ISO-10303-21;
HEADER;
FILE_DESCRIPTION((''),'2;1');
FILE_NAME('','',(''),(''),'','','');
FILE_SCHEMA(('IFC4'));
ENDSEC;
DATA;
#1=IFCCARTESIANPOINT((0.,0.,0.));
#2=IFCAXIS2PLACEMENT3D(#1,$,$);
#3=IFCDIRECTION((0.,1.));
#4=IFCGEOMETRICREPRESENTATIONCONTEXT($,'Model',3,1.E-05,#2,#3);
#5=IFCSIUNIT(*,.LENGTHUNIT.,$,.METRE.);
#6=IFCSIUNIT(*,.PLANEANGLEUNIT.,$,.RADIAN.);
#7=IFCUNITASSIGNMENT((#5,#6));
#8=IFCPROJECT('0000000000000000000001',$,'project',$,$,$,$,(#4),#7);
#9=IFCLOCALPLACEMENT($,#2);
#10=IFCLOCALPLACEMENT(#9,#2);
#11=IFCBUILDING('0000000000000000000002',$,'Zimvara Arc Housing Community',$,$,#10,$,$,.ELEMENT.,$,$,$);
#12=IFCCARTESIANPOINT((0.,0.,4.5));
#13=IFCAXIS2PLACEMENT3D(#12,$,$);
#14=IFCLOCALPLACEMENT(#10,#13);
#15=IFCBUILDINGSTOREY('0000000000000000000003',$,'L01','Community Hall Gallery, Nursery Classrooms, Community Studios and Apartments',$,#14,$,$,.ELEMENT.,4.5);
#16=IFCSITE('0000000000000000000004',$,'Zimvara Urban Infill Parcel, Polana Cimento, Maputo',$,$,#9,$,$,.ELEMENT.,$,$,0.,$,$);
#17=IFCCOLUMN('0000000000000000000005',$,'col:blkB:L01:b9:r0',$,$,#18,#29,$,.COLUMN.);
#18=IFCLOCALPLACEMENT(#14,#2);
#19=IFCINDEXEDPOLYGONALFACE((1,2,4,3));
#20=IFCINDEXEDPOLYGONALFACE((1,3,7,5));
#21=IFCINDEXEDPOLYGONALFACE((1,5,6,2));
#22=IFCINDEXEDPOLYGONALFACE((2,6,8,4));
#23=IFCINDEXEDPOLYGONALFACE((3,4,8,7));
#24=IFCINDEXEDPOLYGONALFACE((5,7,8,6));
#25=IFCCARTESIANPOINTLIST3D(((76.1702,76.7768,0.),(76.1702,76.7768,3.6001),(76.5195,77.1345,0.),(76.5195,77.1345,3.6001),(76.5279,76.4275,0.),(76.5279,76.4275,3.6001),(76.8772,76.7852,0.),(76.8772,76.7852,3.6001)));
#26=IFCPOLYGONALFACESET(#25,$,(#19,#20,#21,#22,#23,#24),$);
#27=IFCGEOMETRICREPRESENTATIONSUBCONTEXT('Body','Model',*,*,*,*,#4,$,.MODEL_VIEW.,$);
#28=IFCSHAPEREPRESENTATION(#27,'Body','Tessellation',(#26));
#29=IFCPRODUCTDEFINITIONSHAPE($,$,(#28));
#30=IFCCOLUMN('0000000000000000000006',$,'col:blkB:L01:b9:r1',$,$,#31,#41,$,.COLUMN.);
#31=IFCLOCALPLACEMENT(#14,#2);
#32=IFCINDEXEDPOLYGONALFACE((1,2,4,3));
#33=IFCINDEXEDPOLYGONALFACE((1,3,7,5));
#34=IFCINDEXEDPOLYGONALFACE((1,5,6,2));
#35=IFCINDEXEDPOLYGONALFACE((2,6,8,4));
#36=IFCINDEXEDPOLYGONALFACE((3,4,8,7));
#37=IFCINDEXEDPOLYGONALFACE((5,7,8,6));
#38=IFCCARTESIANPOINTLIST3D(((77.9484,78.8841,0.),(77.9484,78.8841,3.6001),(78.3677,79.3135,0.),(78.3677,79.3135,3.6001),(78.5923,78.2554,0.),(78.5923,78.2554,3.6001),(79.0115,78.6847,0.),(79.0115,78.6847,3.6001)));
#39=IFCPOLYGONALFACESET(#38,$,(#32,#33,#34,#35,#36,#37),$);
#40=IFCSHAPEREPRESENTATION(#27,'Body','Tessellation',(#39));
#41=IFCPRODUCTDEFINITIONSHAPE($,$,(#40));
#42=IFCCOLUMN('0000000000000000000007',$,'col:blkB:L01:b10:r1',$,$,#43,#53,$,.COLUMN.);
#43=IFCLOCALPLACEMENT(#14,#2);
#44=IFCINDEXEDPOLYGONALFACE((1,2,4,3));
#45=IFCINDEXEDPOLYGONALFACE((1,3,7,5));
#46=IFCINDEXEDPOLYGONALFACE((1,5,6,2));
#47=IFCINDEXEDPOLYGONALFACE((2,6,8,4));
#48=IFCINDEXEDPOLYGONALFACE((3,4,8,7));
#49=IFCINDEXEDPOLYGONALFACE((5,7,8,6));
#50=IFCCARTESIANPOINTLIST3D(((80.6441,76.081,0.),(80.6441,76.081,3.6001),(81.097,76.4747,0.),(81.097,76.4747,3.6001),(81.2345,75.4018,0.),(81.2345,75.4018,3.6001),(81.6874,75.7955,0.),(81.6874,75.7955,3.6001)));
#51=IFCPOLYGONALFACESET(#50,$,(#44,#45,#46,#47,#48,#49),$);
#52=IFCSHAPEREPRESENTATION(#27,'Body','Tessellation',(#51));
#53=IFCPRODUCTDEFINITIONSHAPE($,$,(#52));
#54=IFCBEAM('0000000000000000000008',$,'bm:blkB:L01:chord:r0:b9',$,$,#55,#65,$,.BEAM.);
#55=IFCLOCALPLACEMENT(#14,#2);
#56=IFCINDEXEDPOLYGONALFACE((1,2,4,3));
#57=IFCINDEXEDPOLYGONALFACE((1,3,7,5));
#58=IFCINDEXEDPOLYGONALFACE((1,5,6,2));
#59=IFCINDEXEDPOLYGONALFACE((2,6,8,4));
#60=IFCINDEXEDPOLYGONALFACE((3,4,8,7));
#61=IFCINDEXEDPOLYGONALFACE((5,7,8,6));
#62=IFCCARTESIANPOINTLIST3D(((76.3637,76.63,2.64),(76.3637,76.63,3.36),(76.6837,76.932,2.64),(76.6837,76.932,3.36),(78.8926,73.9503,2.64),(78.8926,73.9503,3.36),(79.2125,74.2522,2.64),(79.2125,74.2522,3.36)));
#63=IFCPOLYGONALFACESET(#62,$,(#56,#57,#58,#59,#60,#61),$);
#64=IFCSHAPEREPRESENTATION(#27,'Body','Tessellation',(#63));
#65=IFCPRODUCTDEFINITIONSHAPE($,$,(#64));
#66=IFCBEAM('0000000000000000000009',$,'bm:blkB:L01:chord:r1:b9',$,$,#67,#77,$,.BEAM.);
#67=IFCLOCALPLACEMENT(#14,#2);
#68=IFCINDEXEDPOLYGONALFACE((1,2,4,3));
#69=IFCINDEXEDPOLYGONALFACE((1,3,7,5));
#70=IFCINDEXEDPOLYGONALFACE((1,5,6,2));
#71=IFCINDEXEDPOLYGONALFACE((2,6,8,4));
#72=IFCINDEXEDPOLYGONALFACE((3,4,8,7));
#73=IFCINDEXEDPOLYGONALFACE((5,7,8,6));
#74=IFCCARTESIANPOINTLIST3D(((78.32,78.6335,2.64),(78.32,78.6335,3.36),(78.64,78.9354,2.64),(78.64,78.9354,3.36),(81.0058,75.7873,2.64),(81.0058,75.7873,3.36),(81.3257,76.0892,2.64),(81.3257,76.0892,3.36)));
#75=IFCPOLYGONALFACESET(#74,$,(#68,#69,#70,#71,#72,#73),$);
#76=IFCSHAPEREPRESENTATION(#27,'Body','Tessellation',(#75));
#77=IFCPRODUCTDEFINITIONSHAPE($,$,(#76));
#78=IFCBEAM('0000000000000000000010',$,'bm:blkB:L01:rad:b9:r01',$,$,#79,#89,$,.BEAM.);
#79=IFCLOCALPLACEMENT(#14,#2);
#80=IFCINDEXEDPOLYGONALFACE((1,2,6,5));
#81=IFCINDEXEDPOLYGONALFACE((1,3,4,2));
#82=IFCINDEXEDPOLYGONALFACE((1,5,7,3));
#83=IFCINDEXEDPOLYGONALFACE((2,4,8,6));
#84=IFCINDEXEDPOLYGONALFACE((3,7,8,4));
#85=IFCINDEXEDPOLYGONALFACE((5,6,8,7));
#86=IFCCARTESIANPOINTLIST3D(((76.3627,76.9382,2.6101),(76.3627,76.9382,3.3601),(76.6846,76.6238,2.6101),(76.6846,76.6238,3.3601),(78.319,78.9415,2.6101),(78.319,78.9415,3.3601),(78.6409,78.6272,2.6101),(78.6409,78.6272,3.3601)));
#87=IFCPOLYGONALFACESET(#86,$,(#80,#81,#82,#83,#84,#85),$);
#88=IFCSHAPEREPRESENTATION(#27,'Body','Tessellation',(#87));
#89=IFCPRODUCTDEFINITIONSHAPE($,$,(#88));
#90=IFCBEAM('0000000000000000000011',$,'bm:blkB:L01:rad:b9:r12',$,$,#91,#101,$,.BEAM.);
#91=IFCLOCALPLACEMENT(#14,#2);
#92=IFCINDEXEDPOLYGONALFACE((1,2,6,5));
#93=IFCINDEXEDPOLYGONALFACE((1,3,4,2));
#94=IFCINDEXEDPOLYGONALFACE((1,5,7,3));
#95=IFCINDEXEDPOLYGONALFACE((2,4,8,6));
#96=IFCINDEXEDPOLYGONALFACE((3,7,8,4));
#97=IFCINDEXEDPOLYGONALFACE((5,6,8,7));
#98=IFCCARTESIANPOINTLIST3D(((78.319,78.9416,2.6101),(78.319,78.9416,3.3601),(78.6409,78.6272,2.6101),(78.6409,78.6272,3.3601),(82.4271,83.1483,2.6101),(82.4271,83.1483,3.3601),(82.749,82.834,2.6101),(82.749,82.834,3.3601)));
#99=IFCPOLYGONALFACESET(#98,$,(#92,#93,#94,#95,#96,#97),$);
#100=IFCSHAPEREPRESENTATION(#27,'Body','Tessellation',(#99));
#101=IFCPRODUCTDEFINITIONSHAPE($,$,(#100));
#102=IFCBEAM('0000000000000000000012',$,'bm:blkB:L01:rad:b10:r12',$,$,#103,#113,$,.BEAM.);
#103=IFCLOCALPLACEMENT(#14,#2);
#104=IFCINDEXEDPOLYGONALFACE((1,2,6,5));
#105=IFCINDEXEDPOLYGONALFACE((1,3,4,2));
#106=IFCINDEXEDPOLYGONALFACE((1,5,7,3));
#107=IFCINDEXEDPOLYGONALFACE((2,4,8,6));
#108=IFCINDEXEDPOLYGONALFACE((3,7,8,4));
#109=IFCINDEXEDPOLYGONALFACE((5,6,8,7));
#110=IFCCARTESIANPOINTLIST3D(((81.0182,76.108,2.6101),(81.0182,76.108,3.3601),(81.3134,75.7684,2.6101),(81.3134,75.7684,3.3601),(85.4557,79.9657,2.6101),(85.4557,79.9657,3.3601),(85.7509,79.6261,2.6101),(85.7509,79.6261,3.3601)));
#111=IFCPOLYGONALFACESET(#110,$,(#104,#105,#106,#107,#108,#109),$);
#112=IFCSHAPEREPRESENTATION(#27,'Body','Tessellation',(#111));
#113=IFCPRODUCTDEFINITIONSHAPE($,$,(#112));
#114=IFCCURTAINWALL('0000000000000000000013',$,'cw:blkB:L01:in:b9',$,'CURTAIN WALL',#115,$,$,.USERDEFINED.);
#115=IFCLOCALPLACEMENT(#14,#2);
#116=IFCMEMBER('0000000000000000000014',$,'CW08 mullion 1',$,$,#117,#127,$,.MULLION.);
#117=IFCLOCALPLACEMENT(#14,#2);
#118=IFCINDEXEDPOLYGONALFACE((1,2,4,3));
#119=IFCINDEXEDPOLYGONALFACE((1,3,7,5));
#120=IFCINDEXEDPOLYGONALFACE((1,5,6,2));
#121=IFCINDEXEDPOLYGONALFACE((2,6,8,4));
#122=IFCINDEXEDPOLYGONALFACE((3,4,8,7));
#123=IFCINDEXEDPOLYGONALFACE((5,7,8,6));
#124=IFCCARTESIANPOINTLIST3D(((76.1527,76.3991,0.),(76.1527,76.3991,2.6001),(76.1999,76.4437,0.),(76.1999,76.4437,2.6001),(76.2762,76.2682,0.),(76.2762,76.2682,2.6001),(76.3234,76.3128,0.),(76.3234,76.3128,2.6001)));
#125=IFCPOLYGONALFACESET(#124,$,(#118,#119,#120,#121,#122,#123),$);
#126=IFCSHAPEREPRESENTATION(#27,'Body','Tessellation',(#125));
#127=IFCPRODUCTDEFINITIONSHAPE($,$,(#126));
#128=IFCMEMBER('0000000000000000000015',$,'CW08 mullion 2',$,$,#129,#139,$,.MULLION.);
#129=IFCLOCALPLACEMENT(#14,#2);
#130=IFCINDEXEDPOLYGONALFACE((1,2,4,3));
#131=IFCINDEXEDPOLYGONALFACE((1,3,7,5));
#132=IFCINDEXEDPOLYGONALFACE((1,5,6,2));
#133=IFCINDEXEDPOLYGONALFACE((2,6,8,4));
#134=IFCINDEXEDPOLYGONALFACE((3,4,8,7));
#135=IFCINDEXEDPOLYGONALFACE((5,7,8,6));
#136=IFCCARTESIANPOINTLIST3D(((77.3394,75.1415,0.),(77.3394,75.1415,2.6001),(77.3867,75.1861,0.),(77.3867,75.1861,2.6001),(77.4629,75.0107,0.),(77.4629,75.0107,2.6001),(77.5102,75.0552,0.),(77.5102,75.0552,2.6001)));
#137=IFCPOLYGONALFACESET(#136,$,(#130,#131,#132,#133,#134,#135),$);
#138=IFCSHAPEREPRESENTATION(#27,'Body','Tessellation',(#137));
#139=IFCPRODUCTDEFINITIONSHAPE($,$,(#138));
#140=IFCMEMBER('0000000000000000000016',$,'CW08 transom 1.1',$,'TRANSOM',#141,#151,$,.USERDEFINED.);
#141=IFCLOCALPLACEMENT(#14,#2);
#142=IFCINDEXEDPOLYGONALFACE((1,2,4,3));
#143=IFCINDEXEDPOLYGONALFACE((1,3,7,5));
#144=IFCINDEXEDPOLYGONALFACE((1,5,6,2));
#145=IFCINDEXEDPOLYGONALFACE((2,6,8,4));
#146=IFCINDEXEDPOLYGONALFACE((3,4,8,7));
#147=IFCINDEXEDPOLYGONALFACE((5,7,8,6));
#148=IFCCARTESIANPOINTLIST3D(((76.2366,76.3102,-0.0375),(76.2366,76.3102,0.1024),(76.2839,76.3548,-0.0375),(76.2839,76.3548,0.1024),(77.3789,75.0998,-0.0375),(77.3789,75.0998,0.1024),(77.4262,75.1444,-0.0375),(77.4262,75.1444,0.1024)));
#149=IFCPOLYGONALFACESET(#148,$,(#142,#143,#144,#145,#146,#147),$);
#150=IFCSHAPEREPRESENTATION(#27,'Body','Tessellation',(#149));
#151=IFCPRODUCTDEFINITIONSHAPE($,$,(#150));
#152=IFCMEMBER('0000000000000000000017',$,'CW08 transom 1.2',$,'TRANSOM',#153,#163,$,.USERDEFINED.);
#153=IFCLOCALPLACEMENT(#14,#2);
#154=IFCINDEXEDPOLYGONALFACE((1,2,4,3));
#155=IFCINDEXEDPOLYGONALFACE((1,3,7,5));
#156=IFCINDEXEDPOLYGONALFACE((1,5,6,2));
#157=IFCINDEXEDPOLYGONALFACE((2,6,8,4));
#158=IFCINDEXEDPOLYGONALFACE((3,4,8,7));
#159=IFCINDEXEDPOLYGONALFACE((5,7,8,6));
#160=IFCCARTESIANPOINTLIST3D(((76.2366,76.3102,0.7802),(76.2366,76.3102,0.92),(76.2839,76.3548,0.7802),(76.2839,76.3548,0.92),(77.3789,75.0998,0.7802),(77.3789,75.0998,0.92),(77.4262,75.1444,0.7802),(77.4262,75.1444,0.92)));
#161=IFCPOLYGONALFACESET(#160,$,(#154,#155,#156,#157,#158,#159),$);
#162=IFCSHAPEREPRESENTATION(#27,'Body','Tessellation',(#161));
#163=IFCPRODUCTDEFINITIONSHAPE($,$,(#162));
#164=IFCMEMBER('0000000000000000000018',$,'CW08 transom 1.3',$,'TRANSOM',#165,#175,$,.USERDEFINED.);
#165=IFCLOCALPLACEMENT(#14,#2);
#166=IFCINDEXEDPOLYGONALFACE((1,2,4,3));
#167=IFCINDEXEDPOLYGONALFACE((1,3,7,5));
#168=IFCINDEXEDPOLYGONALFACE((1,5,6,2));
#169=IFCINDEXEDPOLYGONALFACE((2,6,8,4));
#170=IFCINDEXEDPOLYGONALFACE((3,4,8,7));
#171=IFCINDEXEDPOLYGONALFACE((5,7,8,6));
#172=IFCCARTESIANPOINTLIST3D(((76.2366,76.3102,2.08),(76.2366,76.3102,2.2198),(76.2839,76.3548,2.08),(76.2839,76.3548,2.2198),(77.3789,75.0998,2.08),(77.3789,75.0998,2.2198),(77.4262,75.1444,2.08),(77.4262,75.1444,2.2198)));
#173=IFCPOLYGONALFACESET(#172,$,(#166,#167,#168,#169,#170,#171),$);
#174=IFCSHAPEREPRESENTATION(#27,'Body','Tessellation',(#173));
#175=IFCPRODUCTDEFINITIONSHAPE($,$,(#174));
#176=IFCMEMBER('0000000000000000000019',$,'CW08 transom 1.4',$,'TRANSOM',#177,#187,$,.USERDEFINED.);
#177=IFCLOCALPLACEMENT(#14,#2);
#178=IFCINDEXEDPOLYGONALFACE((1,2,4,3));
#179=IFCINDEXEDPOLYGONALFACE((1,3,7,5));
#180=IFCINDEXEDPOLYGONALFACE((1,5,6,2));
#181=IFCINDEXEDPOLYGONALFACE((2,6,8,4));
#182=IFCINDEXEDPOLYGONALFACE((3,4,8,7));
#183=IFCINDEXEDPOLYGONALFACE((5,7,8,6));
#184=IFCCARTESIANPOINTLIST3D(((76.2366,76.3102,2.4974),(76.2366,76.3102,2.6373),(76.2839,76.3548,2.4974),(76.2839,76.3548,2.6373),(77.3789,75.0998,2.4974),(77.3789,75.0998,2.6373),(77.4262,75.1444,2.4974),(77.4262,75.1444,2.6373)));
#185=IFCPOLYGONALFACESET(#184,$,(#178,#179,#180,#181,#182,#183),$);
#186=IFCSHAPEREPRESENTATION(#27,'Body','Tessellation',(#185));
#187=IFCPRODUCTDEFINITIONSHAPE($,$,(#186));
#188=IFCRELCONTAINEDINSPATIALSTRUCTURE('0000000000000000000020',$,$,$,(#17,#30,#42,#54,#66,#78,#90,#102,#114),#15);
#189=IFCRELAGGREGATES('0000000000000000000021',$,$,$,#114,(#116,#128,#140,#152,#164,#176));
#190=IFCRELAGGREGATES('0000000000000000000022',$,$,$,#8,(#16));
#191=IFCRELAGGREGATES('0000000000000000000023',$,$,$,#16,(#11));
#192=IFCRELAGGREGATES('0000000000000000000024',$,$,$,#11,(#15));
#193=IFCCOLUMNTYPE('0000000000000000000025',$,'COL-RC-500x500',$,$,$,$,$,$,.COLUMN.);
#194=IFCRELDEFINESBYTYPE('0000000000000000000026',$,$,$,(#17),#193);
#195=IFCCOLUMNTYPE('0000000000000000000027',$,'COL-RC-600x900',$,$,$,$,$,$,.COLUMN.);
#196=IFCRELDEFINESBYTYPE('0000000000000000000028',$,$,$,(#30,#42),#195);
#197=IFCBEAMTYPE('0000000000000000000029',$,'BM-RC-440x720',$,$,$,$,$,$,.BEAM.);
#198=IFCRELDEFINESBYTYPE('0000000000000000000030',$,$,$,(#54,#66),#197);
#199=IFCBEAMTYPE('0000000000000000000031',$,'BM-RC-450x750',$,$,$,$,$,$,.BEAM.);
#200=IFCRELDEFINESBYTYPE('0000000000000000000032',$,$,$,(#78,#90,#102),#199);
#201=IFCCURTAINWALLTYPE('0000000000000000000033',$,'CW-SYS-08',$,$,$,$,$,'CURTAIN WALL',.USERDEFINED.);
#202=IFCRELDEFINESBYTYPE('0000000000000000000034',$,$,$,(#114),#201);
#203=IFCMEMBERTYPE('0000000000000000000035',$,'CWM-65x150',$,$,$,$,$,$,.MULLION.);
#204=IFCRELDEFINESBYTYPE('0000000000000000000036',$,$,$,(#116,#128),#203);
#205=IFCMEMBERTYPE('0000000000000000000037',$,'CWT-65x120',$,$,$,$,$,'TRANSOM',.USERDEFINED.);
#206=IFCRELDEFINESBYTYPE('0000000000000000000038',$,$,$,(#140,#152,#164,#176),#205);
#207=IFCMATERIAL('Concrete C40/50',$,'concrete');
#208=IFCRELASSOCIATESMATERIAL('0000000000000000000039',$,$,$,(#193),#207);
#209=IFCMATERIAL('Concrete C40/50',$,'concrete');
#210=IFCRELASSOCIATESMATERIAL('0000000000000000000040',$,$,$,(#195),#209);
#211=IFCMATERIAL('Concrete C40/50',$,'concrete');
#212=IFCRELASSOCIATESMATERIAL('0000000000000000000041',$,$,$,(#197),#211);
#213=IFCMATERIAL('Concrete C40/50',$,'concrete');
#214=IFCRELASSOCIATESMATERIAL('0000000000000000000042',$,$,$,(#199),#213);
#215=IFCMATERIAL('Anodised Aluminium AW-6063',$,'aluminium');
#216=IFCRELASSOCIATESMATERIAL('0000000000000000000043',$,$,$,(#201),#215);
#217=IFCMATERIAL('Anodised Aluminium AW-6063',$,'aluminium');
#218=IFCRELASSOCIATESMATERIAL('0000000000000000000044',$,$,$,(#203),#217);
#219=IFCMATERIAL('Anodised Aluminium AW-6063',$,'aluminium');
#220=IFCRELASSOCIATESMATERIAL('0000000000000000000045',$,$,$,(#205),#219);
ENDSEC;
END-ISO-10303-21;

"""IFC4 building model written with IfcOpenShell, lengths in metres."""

from ifc_helpers import new_model, si_unit, direction, frame, origin, origin_2d, place, context, subcontext, project, spatial, rectangle, extrude, material, material_profile, profile_set, type_object, element, aggregate, save


model = new_model("IFC4")

# Units and contexts
model_context = context("Model", 3, precision=1e-05, world=origin(), true_north=direction((0.0, 1.0)))
body_context = subcontext(model_context, "Body", "Model", "MODEL_VIEW")
ifc_project = project(units=[si_unit("LENGTHUNIT", "METRE"), si_unit("PLANEANGLEUNIT", "RADIAN")], contexts=[model_context])

# Site, building, storey
site_placement = place(None, origin())
site = spatial("IfcSite", under=ifc_project, at=site_placement, Name="Zimvara Urban Infill Parcel, Polana Cimento, Maputo", CompositionType="ELEMENT", RefElevation=0.0)
building_placement = place(site_placement, origin())
building = spatial("IfcBuilding", under=site, at=building_placement, Name="Zimvara Arc Housing Community", CompositionType="ELEMENT")
storey_placement = place(building_placement, frame((0.0, 0.0, 4.5)))
storey = spatial("IfcBuildingStorey", under=building, at=storey_placement, Name="L01", Description="Community Hall Gallery, Nursery Classrooms, Community Studios and Apartments", CompositionType="ELEMENT", Elevation=4.5)

# Columns
ifc_material_1 = material(Name="Concrete C40/50", Category="concrete")
ifc_material_profile_1 = material_profile(ifc_material_1, rectangle(XDim=0.5, YDim=0.5, at=origin_2d()), Name="RC 500x500")
ifc_profile_set_1 = profile_set([ifc_material_profile_1], Name="Concrete C40/50")
column_type_1 = type_object("IfcColumnType", Name="COL-RC-500x500", PredefinedType="COLUMN", material=ifc_profile_set_1)
column_placement = place(storey_placement, frame((76.5237, 76.781, 0.0), z_axis=(0.0, 0.0, 1.0), x_axis=(0.698665, 0.715449, 0.0)))
element("IfcColumn", 1, at=column_placement, inside=storey, type_object=column_type_1, Name="col:blkB:L01:b9:r0", PredefinedType="COLUMN", context=body_context, shape_type="SweptSolid", body=[
    extrude(rectangle(XDim=0.5, YDim=0.5, at=origin_2d()), origin(), (0.0, 0.0, 1.0), 3.6001),
])
ifc_material_2 = material(Name="Concrete C40/50", Category="concrete")
ifc_material_profile_2 = material_profile(ifc_material_2, rectangle(XDim=0.6001, YDim=0.8999, at=origin_2d()), Name="RC 600x900")
ifc_profile_set_2 = profile_set([ifc_material_profile_2], Name="Concrete C40/50")
column_type_2 = type_object("IfcColumnType", Name="COL-RC-600x900", PredefinedType="COLUMN", material=ifc_profile_set_2)
for number, where, z_axis, x_axis, name in (
    (2, (78.48, 78.7844, 0.0), (0.0, 0.0, 1.0), (0.698665, 0.715449, 0.0), "col:blkB:L01:b9:r1"),
    (3, (81.1658, 75.9382, 0.0), (0.0, 0.0, 1.0), (0.75471, 0.656059, 0.0), "col:blkB:L01:b10:r1"),
):
    element("IfcColumn", number, at=place(storey_placement, frame(where, z_axis=z_axis, x_axis=x_axis)), inside=storey, type_object=column_type_2, Name=name, PredefinedType="COLUMN", context=body_context, shape_type="SweptSolid", body=[
        extrude(rectangle(XDim=0.6001, YDim=0.8999, at=origin_2d()), origin(), (0.0, 0.0, 1.0), 3.6001),
    ])

# Beams
ifc_material_3 = material(Name="Concrete C40/50", Category="concrete")
ifc_material_profile_3 = material_profile(ifc_material_3, rectangle(XDim=0.4399, YDim=0.72, at=origin_2d()), Name="RC 440x720")
ifc_profile_set_3 = profile_set([ifc_material_profile_3], Name="Concrete C40/50")
beam_type_1 = type_object("IfcBeamType", Name="BM-RC-440x720", PredefinedType="BEAM", material=ifc_profile_set_3)
beam_1_placement = place(storey_placement, frame((76.5237, 76.781, 3.0), z_axis=(0.686336, -0.727285, 0.0), x_axis=(0.727285, 0.686336, 0.0)))
element("IfcBeam", 4, at=beam_1_placement, inside=storey, type_object=beam_type_1, Name="bm:blkB:L01:chord:r0:b9", PredefinedType="BEAM", context=body_context, shape_type="SweptSolid", body=[
    extrude(rectangle(XDim=0.4399, YDim=0.72, at=origin_2d()), origin(), (0.0, 0.0, 1.0), 3.6846),
])
beam_2_placement = place(storey_placement, frame((78.48, 78.7844, 3.0), z_axis=(0.686316, -0.727304, 0.0), x_axis=(0.727304, 0.686316, 0.0)))
element("IfcBeam", 5, at=beam_2_placement, inside=storey, type_object=beam_type_1, Name="bm:blkB:L01:chord:r1:b9", PredefinedType="BEAM", context=body_context, shape_type="SweptSolid", body=[
    extrude(rectangle(XDim=0.4399, YDim=0.72, at=origin_2d()), origin(), (0.0, 0.0, 1.0), 3.9133),
])
ifc_material_4 = material(Name="Concrete C40/50", Category="concrete")
ifc_material_profile_4 = material_profile(ifc_material_4, rectangle(XDim=0.45, YDim=0.75, at=origin_2d()), Name="RC 450x750")
ifc_profile_set_4 = profile_set([ifc_material_profile_4], Name="Concrete C40/50")
beam_type_2 = type_object("IfcBeamType", Name="BM-RC-450x750", PredefinedType="BEAM", material=ifc_profile_set_4)
beam_3_placement = place(storey_placement, frame((76.5237, 76.781, 2.9851), z_axis=(0.698643, 0.71547, 0.0), x_axis=(-0.71547, 0.698643, 0.0)))
element("IfcBeam", 6, at=beam_3_placement, inside=storey, type_object=beam_type_2, Name="bm:blkB:L01:rad:b9:r01", PredefinedType="BEAM", context=body_context, shape_type="SweptSolid", body=[
    extrude(rectangle(XDim=0.45, YDim=0.75, at=origin_2d()), origin(), (0.0, 0.0, 1.0), 2.8),
])
for number, where, z_axis, x_axis, name in (
    (7, (78.48, 78.7844, 2.9851), (0.69867, 0.715444, 0.0), (-0.715444, 0.69867, 0.0), "bm:blkB:L01:rad:b9:r12"),
    (8, (81.1658, 75.9382, 2.9851), (0.754692, 0.656079, 0.0), (-0.656079, 0.754692, 0.0), "bm:blkB:L01:rad:b10:r12"),
):
    element("IfcBeam", number, at=place(storey_placement, frame(where, z_axis=z_axis, x_axis=x_axis)), inside=storey, type_object=beam_type_2, Name=name, PredefinedType="BEAM", context=body_context, shape_type="SweptSolid", body=[
        extrude(rectangle(XDim=0.45, YDim=0.75, at=origin_2d()), origin(), (0.0, 0.0, 1.0), 5.8799),
    ])

# Curtain wall, members
ifc_material_5 = material(Name="Anodised Aluminium AW-6063", Category="aluminium")
curtain_wall_type = type_object("IfcCurtainWallType", Name="CW-SYS-08", ElementType="CURTAIN WALL", PredefinedType="USERDEFINED", material=ifc_material_5)
curtain_wall_placement = place(storey_placement, origin())
curtain_wall = element("IfcCurtainWall", 9, at=curtain_wall_placement, inside=storey, type_object=curtain_wall_type, Name="cw:blkB:L01:in:b9", ObjectType="CURTAIN WALL", PredefinedType="USERDEFINED")
ifc_material_6 = material(Name="Anodised Aluminium AW-6063", Category="aluminium")
ifc_material_profile_5 = material_profile(ifc_material_6, rectangle(XDim=0.0649, YDim=0.1799, at=origin_2d()), Name="ALU 65x180")
ifc_profile_set_5 = profile_set([ifc_material_profile_5], Name="Anodised Aluminium AW-6063")
member_type_1 = type_object("IfcMemberType", Name="CWM-65x150", PredefinedType="MULLION", material=ifc_profile_set_5)
member_1_placement = place(storey_placement, frame((76.238, 76.356, 0.0), z_axis=(0.0, 0.0, 1.0), x_axis=(0.727293, 0.686327, 0.0)))
member_1 = element("IfcMember", 10, at=member_1_placement, type_object=member_type_1, Name="CW08 mullion 1", PredefinedType="MULLION", context=body_context, shape_type="SweptSolid", body=[
    extrude(rectangle(XDim=0.0649, YDim=0.1799, at=origin_2d()), origin(), (0.0, 0.0, 1.0), 2.6001),
])
member_2_placement = place(storey_placement, frame((77.4248, 75.0984, 0.0), z_axis=(0.0, 0.0, 1.0), x_axis=(0.727293, 0.686327, 0.0)))
member_2 = element("IfcMember", 11, at=member_2_placement, type_object=member_type_1, Name="CW08 mullion 2", PredefinedType="MULLION", context=body_context, shape_type="SweptSolid", body=[
    extrude(rectangle(XDim=0.0649, YDim=0.1799, at=origin_2d()), origin(), (0.0, 0.0, 1.0), 2.6001),
])
ifc_material_7 = material(Name="Anodised Aluminium AW-6063", Category="aluminium")
ifc_material_profile_6 = material_profile(ifc_material_7, rectangle(XDim=0.0649, YDim=0.1399, at=origin_2d()), Name="ALU 65x140")
ifc_profile_set_6 = profile_set([ifc_material_profile_6], Name="Anodised Aluminium AW-6063")
member_type_2 = type_object("IfcMemberType", Name="CWT-65x120", ElementType="TRANSOM", PredefinedType="USERDEFINED", material=ifc_profile_set_6)
member_3_placement = place(storey_placement, frame((76.2603, 76.3325, 0.0325), z_axis=(0.686348, -0.727273, 0.0), x_axis=(0.727273, 0.686348, 0.0)))
member_3 = element("IfcMember", 12, at=member_3_placement, type_object=member_type_2, Name="CW08 transom 1.1", ObjectType="TRANSOM", PredefinedType="USERDEFINED", context=body_context, shape_type="SweptSolid", body=[
    extrude(rectangle(XDim=0.0649, YDim=0.1399, at=origin_2d()), origin(), (0.0, 0.0, 1.0), 1.6643),
])
member_4_placement = place(storey_placement, frame((76.2603, 76.3325, 0.8501), z_axis=(0.686348, -0.727273, 0.0), x_axis=(0.727273, 0.686348, 0.0)))
member_4 = element("IfcMember", 13, at=member_4_placement, type_object=member_type_2, Name="CW08 transom 1.2", ObjectType="TRANSOM", PredefinedType="USERDEFINED", context=body_context, shape_type="SweptSolid", body=[
    extrude(rectangle(XDim=0.0649, YDim=0.1399, at=origin_2d()), origin(), (0.0, 0.0, 1.0), 1.6643),
])
member_5_placement = place(storey_placement, frame((76.2603, 76.3325, 2.1499), z_axis=(0.686348, -0.727273, 0.0), x_axis=(0.727273, 0.686348, 0.0)))
member_5 = element("IfcMember", 14, at=member_5_placement, type_object=member_type_2, Name="CW08 transom 1.3", ObjectType="TRANSOM", PredefinedType="USERDEFINED", context=body_context, shape_type="SweptSolid", body=[
    extrude(rectangle(XDim=0.0649, YDim=0.1399, at=origin_2d()), origin(), (0.0, 0.0, 1.0), 1.6643),
])
member_6_placement = place(storey_placement, frame((76.2603, 76.3325, 2.5674), z_axis=(0.686348, -0.727273, 0.0), x_axis=(0.727273, 0.686348, 0.0)))
member_6 = element("IfcMember", 15, at=member_6_placement, type_object=member_type_2, Name="CW08 transom 1.4", ObjectType="TRANSOM", PredefinedType="USERDEFINED", context=body_context, shape_type="SweptSolid", body=[
    extrude(rectangle(XDim=0.0649, YDim=0.1399, at=origin_2d()), origin(), (0.0, 0.0, 1.0), 1.6643),
])
aggregate(curtain_wall, [member_1, member_2, member_3, member_4, member_5, member_6])

save(model, "model.ifc")
